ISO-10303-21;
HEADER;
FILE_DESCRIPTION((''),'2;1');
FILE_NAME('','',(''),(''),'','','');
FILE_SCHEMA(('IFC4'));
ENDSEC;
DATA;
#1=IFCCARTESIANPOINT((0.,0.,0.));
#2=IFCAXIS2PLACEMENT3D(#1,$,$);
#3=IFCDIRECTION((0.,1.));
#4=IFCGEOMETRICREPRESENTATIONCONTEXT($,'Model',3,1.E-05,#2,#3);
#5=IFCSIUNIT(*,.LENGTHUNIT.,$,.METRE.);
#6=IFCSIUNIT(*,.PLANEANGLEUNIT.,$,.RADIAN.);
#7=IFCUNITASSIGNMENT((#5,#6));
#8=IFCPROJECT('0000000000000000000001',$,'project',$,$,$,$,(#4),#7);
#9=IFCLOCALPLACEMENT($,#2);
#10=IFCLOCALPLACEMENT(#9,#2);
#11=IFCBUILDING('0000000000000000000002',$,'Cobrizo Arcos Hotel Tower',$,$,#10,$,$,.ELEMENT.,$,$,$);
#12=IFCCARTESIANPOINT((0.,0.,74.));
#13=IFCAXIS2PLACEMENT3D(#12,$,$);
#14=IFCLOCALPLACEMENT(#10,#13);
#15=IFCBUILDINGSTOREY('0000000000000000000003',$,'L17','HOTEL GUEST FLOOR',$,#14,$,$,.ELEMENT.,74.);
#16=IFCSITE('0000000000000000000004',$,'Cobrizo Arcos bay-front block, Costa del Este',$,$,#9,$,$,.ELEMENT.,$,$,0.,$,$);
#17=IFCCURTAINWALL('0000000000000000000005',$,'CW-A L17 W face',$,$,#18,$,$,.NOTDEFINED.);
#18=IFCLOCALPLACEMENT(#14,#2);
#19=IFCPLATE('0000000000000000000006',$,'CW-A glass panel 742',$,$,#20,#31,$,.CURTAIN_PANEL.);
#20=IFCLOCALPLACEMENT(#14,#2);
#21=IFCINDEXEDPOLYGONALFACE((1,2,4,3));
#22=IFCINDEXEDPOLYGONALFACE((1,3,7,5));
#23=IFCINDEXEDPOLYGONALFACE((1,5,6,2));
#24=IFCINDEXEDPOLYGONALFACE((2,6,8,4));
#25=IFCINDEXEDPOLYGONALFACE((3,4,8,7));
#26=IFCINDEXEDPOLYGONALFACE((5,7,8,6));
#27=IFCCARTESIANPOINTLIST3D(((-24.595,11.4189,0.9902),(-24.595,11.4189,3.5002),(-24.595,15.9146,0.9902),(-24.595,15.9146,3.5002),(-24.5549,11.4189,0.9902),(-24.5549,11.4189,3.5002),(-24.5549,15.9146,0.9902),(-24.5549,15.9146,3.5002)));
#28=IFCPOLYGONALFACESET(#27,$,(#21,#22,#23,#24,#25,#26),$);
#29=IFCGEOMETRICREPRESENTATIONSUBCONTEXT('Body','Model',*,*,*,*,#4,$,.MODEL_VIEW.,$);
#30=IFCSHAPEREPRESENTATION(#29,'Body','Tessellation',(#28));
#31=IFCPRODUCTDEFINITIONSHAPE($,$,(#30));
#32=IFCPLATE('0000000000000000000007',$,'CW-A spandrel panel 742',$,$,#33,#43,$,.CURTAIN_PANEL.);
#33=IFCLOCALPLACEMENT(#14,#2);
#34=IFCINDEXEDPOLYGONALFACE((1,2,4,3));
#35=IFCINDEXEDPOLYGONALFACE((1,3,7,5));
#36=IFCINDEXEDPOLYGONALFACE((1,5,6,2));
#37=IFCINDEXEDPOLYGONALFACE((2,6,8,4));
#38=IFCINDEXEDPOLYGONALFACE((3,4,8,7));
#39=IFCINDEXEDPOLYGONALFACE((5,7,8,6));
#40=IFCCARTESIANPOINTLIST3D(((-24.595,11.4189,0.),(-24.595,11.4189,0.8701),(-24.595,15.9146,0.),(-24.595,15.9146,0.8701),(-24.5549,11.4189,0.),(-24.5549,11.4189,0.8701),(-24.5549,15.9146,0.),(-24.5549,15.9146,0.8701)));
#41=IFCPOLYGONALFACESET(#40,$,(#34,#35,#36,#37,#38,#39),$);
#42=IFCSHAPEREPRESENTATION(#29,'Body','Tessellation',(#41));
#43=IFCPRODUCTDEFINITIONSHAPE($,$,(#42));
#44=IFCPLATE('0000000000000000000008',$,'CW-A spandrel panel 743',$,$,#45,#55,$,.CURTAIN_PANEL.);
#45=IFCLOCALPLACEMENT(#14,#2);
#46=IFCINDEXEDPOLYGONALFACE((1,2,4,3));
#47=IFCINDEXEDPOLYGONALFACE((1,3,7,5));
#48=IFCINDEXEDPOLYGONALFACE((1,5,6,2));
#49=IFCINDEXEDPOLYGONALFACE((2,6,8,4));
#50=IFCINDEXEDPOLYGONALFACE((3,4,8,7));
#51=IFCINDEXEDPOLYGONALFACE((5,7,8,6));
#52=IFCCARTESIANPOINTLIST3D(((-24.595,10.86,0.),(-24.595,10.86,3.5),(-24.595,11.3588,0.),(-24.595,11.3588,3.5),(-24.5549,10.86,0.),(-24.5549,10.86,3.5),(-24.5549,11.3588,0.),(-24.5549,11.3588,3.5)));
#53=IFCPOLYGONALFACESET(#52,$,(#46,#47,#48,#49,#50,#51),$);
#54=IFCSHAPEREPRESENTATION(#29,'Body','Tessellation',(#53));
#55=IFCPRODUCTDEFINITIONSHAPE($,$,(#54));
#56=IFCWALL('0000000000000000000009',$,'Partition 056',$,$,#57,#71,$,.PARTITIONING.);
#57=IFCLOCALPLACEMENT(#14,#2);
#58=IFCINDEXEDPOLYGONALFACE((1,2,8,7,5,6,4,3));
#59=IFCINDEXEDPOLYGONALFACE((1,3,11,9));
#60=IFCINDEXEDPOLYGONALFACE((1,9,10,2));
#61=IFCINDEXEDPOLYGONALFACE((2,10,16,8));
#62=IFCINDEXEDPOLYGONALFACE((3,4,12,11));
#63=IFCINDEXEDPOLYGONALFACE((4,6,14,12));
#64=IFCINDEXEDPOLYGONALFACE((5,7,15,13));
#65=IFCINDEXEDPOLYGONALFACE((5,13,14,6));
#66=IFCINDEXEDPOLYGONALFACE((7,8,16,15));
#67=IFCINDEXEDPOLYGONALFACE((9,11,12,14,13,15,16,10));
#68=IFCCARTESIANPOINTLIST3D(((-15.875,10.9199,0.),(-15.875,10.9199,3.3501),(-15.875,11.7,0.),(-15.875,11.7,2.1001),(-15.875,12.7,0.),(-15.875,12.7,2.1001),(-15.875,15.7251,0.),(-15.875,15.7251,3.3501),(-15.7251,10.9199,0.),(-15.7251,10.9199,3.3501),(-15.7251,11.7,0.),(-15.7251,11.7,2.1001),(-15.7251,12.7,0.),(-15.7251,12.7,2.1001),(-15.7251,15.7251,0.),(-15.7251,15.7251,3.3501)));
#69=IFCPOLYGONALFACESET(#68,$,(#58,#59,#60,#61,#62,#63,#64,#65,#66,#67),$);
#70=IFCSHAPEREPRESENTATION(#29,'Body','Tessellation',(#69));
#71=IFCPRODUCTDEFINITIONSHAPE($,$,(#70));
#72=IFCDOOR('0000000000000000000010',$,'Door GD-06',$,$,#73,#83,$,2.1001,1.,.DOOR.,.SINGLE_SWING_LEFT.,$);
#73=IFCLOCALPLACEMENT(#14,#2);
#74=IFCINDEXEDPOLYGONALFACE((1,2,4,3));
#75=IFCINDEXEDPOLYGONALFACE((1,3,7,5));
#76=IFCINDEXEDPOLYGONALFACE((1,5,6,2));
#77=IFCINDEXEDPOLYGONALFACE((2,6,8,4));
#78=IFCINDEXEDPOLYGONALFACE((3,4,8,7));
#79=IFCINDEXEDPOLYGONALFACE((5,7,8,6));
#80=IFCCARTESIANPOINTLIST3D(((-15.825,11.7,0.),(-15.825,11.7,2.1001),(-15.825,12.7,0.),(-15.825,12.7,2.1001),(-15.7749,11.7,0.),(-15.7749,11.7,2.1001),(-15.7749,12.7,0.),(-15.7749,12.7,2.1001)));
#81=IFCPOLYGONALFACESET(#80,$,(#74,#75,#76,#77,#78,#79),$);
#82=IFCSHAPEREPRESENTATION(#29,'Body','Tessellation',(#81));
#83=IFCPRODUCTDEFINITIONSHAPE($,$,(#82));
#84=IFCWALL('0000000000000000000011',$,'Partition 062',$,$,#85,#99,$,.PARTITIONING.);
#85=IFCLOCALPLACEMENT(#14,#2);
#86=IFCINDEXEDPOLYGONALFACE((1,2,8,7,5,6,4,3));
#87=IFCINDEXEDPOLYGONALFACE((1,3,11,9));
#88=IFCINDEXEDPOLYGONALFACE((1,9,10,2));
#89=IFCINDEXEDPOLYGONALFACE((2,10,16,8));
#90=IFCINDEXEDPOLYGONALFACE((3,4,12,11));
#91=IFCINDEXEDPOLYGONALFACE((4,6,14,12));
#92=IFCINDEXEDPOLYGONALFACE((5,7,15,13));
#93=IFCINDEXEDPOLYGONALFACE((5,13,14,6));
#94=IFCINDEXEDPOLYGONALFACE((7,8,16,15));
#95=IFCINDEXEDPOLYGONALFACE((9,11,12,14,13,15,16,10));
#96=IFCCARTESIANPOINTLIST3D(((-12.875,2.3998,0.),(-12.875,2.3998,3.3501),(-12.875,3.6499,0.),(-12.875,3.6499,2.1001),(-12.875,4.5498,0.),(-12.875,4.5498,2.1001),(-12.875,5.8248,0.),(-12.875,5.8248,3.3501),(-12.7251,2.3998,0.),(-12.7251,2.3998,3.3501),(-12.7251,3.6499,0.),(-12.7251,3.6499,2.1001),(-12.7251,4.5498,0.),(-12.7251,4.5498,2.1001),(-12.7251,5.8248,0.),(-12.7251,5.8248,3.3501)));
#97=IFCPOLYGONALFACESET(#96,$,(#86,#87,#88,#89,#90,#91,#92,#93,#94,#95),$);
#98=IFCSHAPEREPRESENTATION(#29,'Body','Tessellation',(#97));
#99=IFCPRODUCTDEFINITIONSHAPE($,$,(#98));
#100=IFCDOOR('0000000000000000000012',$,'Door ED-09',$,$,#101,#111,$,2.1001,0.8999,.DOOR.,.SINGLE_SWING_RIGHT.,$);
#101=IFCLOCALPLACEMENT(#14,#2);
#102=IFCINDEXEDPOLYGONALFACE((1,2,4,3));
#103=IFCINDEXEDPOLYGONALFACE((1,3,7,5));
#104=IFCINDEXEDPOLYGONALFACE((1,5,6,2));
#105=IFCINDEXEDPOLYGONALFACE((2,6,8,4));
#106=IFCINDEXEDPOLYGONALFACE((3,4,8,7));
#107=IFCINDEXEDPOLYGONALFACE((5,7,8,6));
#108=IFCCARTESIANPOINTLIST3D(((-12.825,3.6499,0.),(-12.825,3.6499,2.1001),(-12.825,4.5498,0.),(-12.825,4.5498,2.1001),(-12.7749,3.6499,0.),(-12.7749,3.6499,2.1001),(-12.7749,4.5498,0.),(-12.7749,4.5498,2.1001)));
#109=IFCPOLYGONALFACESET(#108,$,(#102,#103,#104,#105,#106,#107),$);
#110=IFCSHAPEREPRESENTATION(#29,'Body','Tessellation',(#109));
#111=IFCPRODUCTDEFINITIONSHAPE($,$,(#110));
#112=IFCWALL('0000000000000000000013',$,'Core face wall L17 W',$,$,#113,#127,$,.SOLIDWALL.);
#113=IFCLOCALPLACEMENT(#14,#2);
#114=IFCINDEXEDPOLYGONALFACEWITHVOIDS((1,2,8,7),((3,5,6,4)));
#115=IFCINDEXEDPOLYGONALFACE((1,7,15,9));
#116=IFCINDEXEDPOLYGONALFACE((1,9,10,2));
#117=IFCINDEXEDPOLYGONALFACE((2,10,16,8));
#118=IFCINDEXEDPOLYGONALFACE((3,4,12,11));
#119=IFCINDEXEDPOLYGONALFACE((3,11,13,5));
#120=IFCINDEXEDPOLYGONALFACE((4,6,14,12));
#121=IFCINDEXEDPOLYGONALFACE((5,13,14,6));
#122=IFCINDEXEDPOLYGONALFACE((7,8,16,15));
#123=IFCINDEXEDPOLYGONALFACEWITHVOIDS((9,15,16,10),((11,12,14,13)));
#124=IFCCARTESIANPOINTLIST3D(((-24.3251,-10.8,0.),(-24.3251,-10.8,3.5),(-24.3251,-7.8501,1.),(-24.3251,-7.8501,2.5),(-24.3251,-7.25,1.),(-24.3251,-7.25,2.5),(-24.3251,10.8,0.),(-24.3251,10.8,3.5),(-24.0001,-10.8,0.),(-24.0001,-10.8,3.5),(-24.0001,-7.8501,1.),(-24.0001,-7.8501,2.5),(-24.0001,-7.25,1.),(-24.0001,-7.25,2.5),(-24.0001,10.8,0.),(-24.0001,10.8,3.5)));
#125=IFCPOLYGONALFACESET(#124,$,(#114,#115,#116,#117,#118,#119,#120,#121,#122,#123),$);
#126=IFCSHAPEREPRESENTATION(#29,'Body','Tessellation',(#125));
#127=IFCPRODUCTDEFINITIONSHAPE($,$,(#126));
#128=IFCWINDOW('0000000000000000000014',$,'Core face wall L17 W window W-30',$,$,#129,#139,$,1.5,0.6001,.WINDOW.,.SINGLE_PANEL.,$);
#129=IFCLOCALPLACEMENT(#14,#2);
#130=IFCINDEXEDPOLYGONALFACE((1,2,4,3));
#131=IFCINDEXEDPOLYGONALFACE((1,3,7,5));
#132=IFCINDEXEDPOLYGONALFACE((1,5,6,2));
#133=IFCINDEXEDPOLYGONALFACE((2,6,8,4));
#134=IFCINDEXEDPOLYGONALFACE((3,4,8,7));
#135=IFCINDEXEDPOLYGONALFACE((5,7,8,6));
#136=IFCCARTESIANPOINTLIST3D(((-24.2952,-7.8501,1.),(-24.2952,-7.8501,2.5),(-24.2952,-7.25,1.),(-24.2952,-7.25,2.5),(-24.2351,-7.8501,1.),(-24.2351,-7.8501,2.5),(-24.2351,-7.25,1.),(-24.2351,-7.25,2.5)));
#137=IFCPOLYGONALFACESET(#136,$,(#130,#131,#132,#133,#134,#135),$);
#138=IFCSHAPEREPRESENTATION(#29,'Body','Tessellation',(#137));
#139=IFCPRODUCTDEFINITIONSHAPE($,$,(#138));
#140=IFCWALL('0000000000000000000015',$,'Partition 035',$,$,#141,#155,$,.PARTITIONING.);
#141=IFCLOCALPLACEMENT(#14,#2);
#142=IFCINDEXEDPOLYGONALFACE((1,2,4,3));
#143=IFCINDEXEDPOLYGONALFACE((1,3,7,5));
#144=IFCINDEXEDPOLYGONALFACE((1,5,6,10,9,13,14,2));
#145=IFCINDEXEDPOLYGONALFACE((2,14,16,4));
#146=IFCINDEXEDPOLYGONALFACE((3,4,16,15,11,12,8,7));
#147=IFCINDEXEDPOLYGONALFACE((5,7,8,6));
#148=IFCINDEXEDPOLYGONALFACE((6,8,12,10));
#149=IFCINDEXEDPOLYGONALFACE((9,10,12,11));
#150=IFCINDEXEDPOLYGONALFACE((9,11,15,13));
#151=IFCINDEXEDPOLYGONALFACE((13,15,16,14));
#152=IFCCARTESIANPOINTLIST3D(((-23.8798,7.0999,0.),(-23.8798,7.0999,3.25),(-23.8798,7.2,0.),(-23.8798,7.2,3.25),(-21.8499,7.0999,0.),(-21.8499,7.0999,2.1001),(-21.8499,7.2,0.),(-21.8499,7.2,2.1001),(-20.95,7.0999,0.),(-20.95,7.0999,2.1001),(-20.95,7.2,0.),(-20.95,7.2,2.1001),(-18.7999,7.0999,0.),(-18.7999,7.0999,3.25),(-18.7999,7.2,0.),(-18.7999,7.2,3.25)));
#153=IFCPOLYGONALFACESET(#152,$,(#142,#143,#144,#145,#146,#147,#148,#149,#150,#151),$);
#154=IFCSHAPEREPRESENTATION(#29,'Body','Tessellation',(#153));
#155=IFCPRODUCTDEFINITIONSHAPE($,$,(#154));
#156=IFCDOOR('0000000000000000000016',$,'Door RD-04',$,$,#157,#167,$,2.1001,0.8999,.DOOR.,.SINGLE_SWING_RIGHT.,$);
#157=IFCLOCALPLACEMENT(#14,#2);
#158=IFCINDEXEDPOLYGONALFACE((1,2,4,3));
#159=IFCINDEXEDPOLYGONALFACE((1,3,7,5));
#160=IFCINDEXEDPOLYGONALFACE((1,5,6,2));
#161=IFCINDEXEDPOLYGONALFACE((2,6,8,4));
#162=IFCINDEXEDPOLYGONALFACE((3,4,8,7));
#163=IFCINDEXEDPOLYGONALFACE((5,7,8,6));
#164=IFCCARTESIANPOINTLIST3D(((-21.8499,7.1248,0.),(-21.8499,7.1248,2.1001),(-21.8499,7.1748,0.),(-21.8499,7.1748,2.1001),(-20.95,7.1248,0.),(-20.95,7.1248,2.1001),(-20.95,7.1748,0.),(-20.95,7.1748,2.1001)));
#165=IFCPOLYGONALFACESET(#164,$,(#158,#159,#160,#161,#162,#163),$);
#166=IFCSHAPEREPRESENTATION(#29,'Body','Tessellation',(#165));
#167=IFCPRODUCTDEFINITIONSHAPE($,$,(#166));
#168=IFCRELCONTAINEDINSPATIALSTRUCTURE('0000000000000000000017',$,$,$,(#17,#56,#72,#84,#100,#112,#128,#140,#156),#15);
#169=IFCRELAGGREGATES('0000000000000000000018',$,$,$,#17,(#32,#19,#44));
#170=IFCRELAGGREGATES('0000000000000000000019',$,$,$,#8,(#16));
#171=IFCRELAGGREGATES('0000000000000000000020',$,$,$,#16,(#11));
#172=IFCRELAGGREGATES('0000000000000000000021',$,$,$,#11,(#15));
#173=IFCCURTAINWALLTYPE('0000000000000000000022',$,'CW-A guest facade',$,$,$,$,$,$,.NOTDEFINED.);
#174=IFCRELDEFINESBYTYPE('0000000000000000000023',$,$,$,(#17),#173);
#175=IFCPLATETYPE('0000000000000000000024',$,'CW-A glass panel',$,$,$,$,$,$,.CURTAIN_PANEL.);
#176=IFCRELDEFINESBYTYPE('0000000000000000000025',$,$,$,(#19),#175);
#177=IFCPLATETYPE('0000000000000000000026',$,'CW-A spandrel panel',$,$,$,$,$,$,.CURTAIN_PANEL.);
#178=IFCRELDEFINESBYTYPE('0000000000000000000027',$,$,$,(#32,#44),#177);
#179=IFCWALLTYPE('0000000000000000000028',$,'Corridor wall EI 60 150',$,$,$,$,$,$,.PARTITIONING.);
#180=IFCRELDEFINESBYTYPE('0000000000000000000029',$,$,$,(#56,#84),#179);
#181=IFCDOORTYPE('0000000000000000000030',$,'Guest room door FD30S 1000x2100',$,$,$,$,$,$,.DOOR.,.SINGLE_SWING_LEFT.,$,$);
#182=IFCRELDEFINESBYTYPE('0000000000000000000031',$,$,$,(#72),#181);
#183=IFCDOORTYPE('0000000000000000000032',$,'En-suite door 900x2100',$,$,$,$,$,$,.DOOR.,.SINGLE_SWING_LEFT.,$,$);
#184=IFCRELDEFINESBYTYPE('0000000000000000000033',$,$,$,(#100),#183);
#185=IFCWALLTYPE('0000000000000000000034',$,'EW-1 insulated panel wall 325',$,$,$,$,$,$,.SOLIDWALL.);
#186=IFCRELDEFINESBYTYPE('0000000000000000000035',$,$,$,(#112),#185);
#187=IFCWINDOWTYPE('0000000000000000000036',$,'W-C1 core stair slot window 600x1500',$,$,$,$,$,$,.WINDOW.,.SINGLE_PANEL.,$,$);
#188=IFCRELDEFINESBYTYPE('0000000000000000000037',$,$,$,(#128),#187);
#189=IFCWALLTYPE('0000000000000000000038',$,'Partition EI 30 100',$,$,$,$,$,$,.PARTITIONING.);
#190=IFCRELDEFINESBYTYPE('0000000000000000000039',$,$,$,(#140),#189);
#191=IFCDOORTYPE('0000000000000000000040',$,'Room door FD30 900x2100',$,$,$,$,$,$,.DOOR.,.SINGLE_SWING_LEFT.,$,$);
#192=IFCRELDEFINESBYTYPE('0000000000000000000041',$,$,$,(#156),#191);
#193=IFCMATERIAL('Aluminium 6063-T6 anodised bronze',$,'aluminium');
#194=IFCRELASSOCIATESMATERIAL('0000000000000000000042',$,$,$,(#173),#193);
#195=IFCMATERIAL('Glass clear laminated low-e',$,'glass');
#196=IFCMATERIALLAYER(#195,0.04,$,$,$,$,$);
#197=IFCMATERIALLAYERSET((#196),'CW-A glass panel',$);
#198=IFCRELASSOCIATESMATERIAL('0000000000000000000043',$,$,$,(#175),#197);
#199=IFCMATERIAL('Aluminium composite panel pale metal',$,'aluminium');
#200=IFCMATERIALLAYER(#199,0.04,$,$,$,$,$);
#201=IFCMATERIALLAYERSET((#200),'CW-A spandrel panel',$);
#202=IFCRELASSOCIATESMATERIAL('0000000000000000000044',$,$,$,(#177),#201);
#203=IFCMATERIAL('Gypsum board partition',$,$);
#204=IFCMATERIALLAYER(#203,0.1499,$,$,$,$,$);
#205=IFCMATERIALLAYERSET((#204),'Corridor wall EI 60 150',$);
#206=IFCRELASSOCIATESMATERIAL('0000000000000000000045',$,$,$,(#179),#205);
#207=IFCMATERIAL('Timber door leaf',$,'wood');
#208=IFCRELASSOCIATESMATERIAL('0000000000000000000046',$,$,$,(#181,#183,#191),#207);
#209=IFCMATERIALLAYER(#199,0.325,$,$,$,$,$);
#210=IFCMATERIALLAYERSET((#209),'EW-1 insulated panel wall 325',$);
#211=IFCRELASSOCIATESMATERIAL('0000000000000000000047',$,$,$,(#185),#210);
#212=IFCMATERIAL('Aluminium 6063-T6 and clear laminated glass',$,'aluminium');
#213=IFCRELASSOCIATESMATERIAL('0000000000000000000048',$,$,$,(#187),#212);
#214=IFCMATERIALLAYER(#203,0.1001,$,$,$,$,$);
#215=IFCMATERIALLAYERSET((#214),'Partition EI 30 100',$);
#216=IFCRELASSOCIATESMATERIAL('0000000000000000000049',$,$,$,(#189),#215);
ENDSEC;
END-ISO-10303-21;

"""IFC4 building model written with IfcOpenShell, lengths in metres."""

from ifc_helpers import new_model, si_unit, direction, frame, frame_2d, origin, origin_2d, place, context, subcontext, project, spatial, rectangle, extrude, material, layer, layer_set, type_object, element, fill, aggregate, save


model = new_model("IFC4")

# Units and contexts
model_context = context("Model", 3, precision=1e-05, world=origin(), true_north=direction((0.0, 1.0)))
body_context = subcontext(model_context, "Body", "Model", "MODEL_VIEW")
ifc_project = project(units=[si_unit("LENGTHUNIT", "METRE"), si_unit("PLANEANGLEUNIT", "RADIAN")], contexts=[model_context])

# Site, building, storey
site_placement = place(None, origin())
site = spatial("IfcSite", under=ifc_project, at=site_placement, Name="Cobrizo Arcos bay-front block, Costa del Este", CompositionType="ELEMENT", RefElevation=0.0)
building_placement = place(site_placement, origin())
building = spatial("IfcBuilding", under=site, at=building_placement, Name="Cobrizo Arcos Hotel Tower", CompositionType="ELEMENT")
storey_placement = place(building_placement, frame((0.0, 0.0, 74.0)))
storey = spatial("IfcBuildingStorey", under=building, at=storey_placement, Name="L17", Description="HOTEL GUEST FLOOR", CompositionType="ELEMENT", Elevation=74.0)

# Curtain wall
ifc_material_1 = material(Name="Aluminium 6063-T6 anodised bronze", Category="aluminium")
curtain_wall_type = type_object("IfcCurtainWallType", Name="CW-A guest facade", PredefinedType="NOTDEFINED", material=ifc_material_1)
curtain_wall_placement = place(storey_placement, origin())
curtain_wall = element("IfcCurtainWall", 1, at=curtain_wall_placement, inside=storey, type_object=curtain_wall_type, Name="CW-A L17 W face", PredefinedType="NOTDEFINED")

# Plates
ifc_material_2 = material(Name="Glass clear laminated low-e", Category="glass")
ifc_layer_1 = layer(ifc_material_2, 0.04)
ifc_layer_set_1 = layer_set([ifc_layer_1], Name="CW-A glass panel")
plate_type_1 = type_object("IfcPlateType", Name="CW-A glass panel", PredefinedType="CURTAIN_PANEL", material=ifc_layer_set_1)
plate_1_placement = place(storey_placement, frame((-24.575, 13.6667, 0.9902), z_axis=(0.0, 0.0, 1.0), x_axis=(0.0, -1.0, 0.0)))
plate_1 = element("IfcPlate", 2, at=plate_1_placement, type_object=plate_type_1, Name="CW-A glass panel 742", PredefinedType="CURTAIN_PANEL", context=body_context, shape_type="SweptSolid", body=[
    extrude(rectangle(XDim=4.4956, YDim=0.04, at=origin_2d()), origin(), (0.0, 0.0, 1.0), 2.51),
])
ifc_material_3 = material(Name="Aluminium composite panel pale metal", Category="aluminium")
ifc_layer_2 = layer(ifc_material_3, 0.04)
ifc_layer_set_2 = layer_set([ifc_layer_2], Name="CW-A spandrel panel")
plate_type_2 = type_object("IfcPlateType", Name="CW-A spandrel panel", PredefinedType="CURTAIN_PANEL", material=ifc_layer_set_2)
plate_2_placement = place(storey_placement, frame((-24.575, 13.6667, 0.0), z_axis=(0.0, 0.0, 1.0), x_axis=(0.0, -1.0, 0.0)))
plate_2 = element("IfcPlate", 3, at=plate_2_placement, type_object=plate_type_2, Name="CW-A spandrel panel 742", PredefinedType="CURTAIN_PANEL", context=body_context, shape_type="SweptSolid", body=[
    extrude(rectangle(XDim=4.4956, YDim=0.04, at=origin_2d()), origin(), (0.0, 0.0, 1.0), 0.8701),
])
plate_3_placement = place(storey_placement, frame((-24.575, 11.1094, 0.0), z_axis=(0.0, 0.0, 1.0), x_axis=(0.0, -1.0, 0.0)))
plate_3 = element("IfcPlate", 4, at=plate_3_placement, type_object=plate_type_2, Name="CW-A spandrel panel 743", PredefinedType="CURTAIN_PANEL", context=body_context, shape_type="SweptSolid", body=[
    extrude(rectangle(XDim=0.4988, YDim=0.04, at=origin_2d()), origin(), (0.0, 0.0, 1.0), 3.5),
])
aggregate(curtain_wall, [plate_2, plate_1, plate_3])

# Walls, openings, doors
ifc_material_4 = material(Name="Gypsum board partition")
ifc_layer_3 = layer(ifc_material_4, 0.1499)
ifc_layer_set_3 = layer_set([ifc_layer_3], Name="Corridor wall EI 60 150")
wall_type_1 = type_object("IfcWallType", Name="Corridor wall EI 60 150", PredefinedType="PARTITIONING", material=ifc_layer_set_3)
wall_1_placement = place(storey_placement, frame((-15.8, 10.9199, 0.0), z_axis=(0.0, 0.0, 1.0), x_axis=(0.0, 1.0, 0.0)))
wall_1 = element("IfcWall", 5, at=wall_1_placement, inside=storey, type_object=wall_type_1, Name="Partition 056", PredefinedType="PARTITIONING", context=body_context, shape_type="SweptSolid", body=[
    extrude(rectangle(XDim=4.8052, YDim=0.1499, at=frame_2d((2.4026, 0.0))), origin(), (0.0, 0.0, 1.0), 3.3501),
])
opening_1_placement = place(wall_1_placement, frame((0.78, 0.0, 0.0)))
opening_1 = element("IfcOpeningElement", 6, at=opening_1_placement, cuts=wall_1, PredefinedType="OPENING", context=body_context, shape_type="SweptSolid", body=[
    extrude(rectangle(XDim=1.0, YDim=2.1001, at=frame_2d((0.5, 1.05))), frame((0.0, 0.0869, 0.0), z_axis=(0.0, -1.0, 0.0), x_axis=(1.0, 0.0, 0.0)), (0.0, 0.0, 1.0), 0.1738),
])
ifc_material_5 = material(Name="Timber door leaf", Category="wood")
door_type_1 = type_object("IfcDoorType", Name="Guest room door FD30S 1000x2100", OperationType="SINGLE_SWING_LEFT", PredefinedType="DOOR", material=ifc_material_5)
door_1_placement = place(opening_1_placement, origin())
door_1 = element("IfcDoor", 7, at=door_1_placement, inside=storey, type_object=door_type_1, Name="Door GD-06", OperationType="SINGLE_SWING_LEFT", OverallHeight=2.1001, OverallWidth=1.0, PredefinedType="DOOR", context=body_context, shape_type="SweptSolid", body=[
    extrude(rectangle(XDim=1.0, YDim=2.1001, at=frame_2d((0.5, 1.05))), frame((0.0, 0.0249, 0.0), z_axis=(0.0, -1.0, 0.0), x_axis=(1.0, 0.0, 0.0)), (0.0, 0.0, 1.0), 0.05),
])
fill(opening_1, door_1)
wall_2_placement = place(storey_placement, frame((-12.8, 2.3999, 0.0), z_axis=(0.0, 0.0, 1.0), x_axis=(0.0, 1.0, 0.0)))
wall_2 = element("IfcWall", 8, at=wall_2_placement, inside=storey, type_object=wall_type_1, Name="Partition 062", PredefinedType="PARTITIONING", context=body_context, shape_type="SweptSolid", body=[
    extrude(rectangle(XDim=3.425, YDim=0.1499, at=frame_2d((1.7124, 0.0))), origin(), (0.0, 0.0, 1.0), 3.3501),
])
opening_2_placement = place(wall_2_placement, frame((1.25, 0.0, 0.0)))
opening_2 = element("IfcOpeningElement", 9, at=opening_2_placement, cuts=wall_2, PredefinedType="OPENING", context=body_context, shape_type="SweptSolid", body=[
    extrude(rectangle(XDim=0.8999, YDim=2.1001, at=frame_2d((0.45, 1.05))), frame((0.0, 0.0869, 0.0), z_axis=(0.0, -1.0, 0.0), x_axis=(1.0, 0.0, 0.0)), (0.0, 0.0, 1.0), 0.1738),
])
door_type_2 = type_object("IfcDoorType", Name="En-suite door 900x2100", OperationType="SINGLE_SWING_LEFT", PredefinedType="DOOR", material=ifc_material_5)
door_2_placement = place(opening_2_placement, origin())
door_2 = element("IfcDoor", 10, at=door_2_placement, inside=storey, type_object=door_type_2, Name="Door ED-09", OperationType="SINGLE_SWING_RIGHT", OverallHeight=2.1001, OverallWidth=0.8999, PredefinedType="DOOR", context=body_context, shape_type="SweptSolid", body=[
    extrude(rectangle(XDim=0.8999, YDim=2.1001, at=frame_2d((0.45, 1.05))), frame((0.0, 0.0249, 0.0), z_axis=(0.0, -1.0, 0.0), x_axis=(1.0, 0.0, 0.0)), (0.0, 0.0, 1.0), 0.05),
])
fill(opening_2, door_2)

# Wall, opening, window
ifc_layer_4 = layer(ifc_material_3, 0.325)
ifc_layer_set_4 = layer_set([ifc_layer_4], Name="EW-1 insulated panel wall 325")
wall_type_2 = type_object("IfcWallType", Name="EW-1 insulated panel wall 325", PredefinedType="SOLIDWALL", material=ifc_layer_set_4)
wall_3_placement = place(storey_placement, frame((-24.1626, 10.8, 0.0), z_axis=(0.0, 0.0, 1.0), x_axis=(0.0, -1.0, 0.0)))
wall_3 = element("IfcWall", 11, at=wall_3_placement, inside=storey, type_object=wall_type_2, Name="Core face wall L17 W", PredefinedType="SOLIDWALL", context=body_context, shape_type="SweptSolid", body=[
    extrude(rectangle(XDim=21.6001, YDim=0.325, at=frame_2d((10.8, 0.0))), origin(), (0.0, 0.0, 1.0), 3.5),
])
opening_3_placement = place(wall_3_placement, frame((18.05, 0.0, 1.0)))
opening_3 = element("IfcOpeningElement", 12, at=opening_3_placement, cuts=wall_3, PredefinedType="OPENING", context=body_context, shape_type="SweptSolid", body=[
    extrude(rectangle(XDim=0.6001, YDim=1.5, at=frame_2d((0.3, 0.75))), frame((0.0, 0.1746, 0.0), z_axis=(0.0, -1.0, 0.0), x_axis=(1.0, 0.0, 0.0)), (0.0, 0.0, 1.0), 0.3489),
])
ifc_material_6 = material(Name="Aluminium 6063-T6 and clear laminated glass", Category="aluminium")
window_type = type_object("IfcWindowType", Name="W-C1 core stair slot window 600x1500", PartitioningType="SINGLE_PANEL", PredefinedType="WINDOW", material=ifc_material_6)
window_placement = place(opening_3_placement, origin())
window = element("IfcWindow", 13, at=window_placement, inside=storey, type_object=window_type, Name="Core face wall L17 W window W-30", OverallHeight=1.5, OverallWidth=0.6001, PartitioningType="SINGLE_PANEL", PredefinedType="WINDOW", context=body_context, shape_type="SweptSolid", body=[
    extrude(rectangle(XDim=0.6001, YDim=1.5, at=frame_2d((0.3, 0.75))), frame((0.0, -0.0725, 0.0), z_axis=(0.0, -1.0, 0.0), x_axis=(1.0, 0.0, 0.0)), (0.0, 0.0, 1.0), 0.0601),
])
fill(opening_3, window)

# Wall, opening, door
ifc_layer_5 = layer(ifc_material_4, 0.1001)
ifc_layer_set_5 = layer_set([ifc_layer_5], Name="Partition EI 30 100")
wall_type_3 = type_object("IfcWallType", Name="Partition EI 30 100", PredefinedType="PARTITIONING", material=ifc_layer_set_5)
wall_4_placement = place(storey_placement, frame((-23.8799, 7.1499, 0.0), z_axis=(0.0, 0.0, 1.0), x_axis=(1.0, 0.0, 0.0)))
wall_4 = element("IfcWall", 14, at=wall_4_placement, inside=storey, type_object=wall_type_3, Name="Partition 035", PredefinedType="PARTITIONING", context=body_context, shape_type="SweptSolid", body=[
    extrude(rectangle(XDim=5.0798, YDim=0.1001, at=frame_2d((2.54, 0.0))), origin(), (0.0, 0.0, 1.0), 3.25),
])
opening_4_placement = place(wall_4_placement, frame((2.03, 0.0, 0.0)))
opening_4 = element("IfcOpeningElement", 15, at=opening_4_placement, cuts=wall_4, PredefinedType="OPENING", context=body_context, shape_type="SweptSolid", body=[
    extrude(rectangle(XDim=0.8999, YDim=2.1001, at=frame_2d((0.45, 1.05))), frame((0.0, 0.062, 0.0), z_axis=(0.0, -1.0, 0.0), x_axis=(1.0, 0.0, 0.0)), (0.0, 0.0, 1.0), 0.124),
])
door_type_3 = type_object("IfcDoorType", Name="Room door FD30 900x2100", OperationType="SINGLE_SWING_LEFT", PredefinedType="DOOR", material=ifc_material_5)
door_3_placement = place(opening_4_placement, origin())
door_3 = element("IfcDoor", 16, at=door_3_placement, inside=storey, type_object=door_type_3, Name="Door RD-04", OperationType="SINGLE_SWING_RIGHT", OverallHeight=2.1001, OverallWidth=0.8999, PredefinedType="DOOR", context=body_context, shape_type="SweptSolid", body=[
    extrude(rectangle(XDim=0.8999, YDim=2.1001, at=frame_2d((0.45, 1.05))), frame((0.0, 0.0249, 0.0), z_axis=(0.0, -1.0, 0.0), x_axis=(1.0, 0.0, 0.0)), (0.0, 0.0, 1.0), 0.05),
])
fill(opening_4, door_3)

save(model, "model.ifc")
